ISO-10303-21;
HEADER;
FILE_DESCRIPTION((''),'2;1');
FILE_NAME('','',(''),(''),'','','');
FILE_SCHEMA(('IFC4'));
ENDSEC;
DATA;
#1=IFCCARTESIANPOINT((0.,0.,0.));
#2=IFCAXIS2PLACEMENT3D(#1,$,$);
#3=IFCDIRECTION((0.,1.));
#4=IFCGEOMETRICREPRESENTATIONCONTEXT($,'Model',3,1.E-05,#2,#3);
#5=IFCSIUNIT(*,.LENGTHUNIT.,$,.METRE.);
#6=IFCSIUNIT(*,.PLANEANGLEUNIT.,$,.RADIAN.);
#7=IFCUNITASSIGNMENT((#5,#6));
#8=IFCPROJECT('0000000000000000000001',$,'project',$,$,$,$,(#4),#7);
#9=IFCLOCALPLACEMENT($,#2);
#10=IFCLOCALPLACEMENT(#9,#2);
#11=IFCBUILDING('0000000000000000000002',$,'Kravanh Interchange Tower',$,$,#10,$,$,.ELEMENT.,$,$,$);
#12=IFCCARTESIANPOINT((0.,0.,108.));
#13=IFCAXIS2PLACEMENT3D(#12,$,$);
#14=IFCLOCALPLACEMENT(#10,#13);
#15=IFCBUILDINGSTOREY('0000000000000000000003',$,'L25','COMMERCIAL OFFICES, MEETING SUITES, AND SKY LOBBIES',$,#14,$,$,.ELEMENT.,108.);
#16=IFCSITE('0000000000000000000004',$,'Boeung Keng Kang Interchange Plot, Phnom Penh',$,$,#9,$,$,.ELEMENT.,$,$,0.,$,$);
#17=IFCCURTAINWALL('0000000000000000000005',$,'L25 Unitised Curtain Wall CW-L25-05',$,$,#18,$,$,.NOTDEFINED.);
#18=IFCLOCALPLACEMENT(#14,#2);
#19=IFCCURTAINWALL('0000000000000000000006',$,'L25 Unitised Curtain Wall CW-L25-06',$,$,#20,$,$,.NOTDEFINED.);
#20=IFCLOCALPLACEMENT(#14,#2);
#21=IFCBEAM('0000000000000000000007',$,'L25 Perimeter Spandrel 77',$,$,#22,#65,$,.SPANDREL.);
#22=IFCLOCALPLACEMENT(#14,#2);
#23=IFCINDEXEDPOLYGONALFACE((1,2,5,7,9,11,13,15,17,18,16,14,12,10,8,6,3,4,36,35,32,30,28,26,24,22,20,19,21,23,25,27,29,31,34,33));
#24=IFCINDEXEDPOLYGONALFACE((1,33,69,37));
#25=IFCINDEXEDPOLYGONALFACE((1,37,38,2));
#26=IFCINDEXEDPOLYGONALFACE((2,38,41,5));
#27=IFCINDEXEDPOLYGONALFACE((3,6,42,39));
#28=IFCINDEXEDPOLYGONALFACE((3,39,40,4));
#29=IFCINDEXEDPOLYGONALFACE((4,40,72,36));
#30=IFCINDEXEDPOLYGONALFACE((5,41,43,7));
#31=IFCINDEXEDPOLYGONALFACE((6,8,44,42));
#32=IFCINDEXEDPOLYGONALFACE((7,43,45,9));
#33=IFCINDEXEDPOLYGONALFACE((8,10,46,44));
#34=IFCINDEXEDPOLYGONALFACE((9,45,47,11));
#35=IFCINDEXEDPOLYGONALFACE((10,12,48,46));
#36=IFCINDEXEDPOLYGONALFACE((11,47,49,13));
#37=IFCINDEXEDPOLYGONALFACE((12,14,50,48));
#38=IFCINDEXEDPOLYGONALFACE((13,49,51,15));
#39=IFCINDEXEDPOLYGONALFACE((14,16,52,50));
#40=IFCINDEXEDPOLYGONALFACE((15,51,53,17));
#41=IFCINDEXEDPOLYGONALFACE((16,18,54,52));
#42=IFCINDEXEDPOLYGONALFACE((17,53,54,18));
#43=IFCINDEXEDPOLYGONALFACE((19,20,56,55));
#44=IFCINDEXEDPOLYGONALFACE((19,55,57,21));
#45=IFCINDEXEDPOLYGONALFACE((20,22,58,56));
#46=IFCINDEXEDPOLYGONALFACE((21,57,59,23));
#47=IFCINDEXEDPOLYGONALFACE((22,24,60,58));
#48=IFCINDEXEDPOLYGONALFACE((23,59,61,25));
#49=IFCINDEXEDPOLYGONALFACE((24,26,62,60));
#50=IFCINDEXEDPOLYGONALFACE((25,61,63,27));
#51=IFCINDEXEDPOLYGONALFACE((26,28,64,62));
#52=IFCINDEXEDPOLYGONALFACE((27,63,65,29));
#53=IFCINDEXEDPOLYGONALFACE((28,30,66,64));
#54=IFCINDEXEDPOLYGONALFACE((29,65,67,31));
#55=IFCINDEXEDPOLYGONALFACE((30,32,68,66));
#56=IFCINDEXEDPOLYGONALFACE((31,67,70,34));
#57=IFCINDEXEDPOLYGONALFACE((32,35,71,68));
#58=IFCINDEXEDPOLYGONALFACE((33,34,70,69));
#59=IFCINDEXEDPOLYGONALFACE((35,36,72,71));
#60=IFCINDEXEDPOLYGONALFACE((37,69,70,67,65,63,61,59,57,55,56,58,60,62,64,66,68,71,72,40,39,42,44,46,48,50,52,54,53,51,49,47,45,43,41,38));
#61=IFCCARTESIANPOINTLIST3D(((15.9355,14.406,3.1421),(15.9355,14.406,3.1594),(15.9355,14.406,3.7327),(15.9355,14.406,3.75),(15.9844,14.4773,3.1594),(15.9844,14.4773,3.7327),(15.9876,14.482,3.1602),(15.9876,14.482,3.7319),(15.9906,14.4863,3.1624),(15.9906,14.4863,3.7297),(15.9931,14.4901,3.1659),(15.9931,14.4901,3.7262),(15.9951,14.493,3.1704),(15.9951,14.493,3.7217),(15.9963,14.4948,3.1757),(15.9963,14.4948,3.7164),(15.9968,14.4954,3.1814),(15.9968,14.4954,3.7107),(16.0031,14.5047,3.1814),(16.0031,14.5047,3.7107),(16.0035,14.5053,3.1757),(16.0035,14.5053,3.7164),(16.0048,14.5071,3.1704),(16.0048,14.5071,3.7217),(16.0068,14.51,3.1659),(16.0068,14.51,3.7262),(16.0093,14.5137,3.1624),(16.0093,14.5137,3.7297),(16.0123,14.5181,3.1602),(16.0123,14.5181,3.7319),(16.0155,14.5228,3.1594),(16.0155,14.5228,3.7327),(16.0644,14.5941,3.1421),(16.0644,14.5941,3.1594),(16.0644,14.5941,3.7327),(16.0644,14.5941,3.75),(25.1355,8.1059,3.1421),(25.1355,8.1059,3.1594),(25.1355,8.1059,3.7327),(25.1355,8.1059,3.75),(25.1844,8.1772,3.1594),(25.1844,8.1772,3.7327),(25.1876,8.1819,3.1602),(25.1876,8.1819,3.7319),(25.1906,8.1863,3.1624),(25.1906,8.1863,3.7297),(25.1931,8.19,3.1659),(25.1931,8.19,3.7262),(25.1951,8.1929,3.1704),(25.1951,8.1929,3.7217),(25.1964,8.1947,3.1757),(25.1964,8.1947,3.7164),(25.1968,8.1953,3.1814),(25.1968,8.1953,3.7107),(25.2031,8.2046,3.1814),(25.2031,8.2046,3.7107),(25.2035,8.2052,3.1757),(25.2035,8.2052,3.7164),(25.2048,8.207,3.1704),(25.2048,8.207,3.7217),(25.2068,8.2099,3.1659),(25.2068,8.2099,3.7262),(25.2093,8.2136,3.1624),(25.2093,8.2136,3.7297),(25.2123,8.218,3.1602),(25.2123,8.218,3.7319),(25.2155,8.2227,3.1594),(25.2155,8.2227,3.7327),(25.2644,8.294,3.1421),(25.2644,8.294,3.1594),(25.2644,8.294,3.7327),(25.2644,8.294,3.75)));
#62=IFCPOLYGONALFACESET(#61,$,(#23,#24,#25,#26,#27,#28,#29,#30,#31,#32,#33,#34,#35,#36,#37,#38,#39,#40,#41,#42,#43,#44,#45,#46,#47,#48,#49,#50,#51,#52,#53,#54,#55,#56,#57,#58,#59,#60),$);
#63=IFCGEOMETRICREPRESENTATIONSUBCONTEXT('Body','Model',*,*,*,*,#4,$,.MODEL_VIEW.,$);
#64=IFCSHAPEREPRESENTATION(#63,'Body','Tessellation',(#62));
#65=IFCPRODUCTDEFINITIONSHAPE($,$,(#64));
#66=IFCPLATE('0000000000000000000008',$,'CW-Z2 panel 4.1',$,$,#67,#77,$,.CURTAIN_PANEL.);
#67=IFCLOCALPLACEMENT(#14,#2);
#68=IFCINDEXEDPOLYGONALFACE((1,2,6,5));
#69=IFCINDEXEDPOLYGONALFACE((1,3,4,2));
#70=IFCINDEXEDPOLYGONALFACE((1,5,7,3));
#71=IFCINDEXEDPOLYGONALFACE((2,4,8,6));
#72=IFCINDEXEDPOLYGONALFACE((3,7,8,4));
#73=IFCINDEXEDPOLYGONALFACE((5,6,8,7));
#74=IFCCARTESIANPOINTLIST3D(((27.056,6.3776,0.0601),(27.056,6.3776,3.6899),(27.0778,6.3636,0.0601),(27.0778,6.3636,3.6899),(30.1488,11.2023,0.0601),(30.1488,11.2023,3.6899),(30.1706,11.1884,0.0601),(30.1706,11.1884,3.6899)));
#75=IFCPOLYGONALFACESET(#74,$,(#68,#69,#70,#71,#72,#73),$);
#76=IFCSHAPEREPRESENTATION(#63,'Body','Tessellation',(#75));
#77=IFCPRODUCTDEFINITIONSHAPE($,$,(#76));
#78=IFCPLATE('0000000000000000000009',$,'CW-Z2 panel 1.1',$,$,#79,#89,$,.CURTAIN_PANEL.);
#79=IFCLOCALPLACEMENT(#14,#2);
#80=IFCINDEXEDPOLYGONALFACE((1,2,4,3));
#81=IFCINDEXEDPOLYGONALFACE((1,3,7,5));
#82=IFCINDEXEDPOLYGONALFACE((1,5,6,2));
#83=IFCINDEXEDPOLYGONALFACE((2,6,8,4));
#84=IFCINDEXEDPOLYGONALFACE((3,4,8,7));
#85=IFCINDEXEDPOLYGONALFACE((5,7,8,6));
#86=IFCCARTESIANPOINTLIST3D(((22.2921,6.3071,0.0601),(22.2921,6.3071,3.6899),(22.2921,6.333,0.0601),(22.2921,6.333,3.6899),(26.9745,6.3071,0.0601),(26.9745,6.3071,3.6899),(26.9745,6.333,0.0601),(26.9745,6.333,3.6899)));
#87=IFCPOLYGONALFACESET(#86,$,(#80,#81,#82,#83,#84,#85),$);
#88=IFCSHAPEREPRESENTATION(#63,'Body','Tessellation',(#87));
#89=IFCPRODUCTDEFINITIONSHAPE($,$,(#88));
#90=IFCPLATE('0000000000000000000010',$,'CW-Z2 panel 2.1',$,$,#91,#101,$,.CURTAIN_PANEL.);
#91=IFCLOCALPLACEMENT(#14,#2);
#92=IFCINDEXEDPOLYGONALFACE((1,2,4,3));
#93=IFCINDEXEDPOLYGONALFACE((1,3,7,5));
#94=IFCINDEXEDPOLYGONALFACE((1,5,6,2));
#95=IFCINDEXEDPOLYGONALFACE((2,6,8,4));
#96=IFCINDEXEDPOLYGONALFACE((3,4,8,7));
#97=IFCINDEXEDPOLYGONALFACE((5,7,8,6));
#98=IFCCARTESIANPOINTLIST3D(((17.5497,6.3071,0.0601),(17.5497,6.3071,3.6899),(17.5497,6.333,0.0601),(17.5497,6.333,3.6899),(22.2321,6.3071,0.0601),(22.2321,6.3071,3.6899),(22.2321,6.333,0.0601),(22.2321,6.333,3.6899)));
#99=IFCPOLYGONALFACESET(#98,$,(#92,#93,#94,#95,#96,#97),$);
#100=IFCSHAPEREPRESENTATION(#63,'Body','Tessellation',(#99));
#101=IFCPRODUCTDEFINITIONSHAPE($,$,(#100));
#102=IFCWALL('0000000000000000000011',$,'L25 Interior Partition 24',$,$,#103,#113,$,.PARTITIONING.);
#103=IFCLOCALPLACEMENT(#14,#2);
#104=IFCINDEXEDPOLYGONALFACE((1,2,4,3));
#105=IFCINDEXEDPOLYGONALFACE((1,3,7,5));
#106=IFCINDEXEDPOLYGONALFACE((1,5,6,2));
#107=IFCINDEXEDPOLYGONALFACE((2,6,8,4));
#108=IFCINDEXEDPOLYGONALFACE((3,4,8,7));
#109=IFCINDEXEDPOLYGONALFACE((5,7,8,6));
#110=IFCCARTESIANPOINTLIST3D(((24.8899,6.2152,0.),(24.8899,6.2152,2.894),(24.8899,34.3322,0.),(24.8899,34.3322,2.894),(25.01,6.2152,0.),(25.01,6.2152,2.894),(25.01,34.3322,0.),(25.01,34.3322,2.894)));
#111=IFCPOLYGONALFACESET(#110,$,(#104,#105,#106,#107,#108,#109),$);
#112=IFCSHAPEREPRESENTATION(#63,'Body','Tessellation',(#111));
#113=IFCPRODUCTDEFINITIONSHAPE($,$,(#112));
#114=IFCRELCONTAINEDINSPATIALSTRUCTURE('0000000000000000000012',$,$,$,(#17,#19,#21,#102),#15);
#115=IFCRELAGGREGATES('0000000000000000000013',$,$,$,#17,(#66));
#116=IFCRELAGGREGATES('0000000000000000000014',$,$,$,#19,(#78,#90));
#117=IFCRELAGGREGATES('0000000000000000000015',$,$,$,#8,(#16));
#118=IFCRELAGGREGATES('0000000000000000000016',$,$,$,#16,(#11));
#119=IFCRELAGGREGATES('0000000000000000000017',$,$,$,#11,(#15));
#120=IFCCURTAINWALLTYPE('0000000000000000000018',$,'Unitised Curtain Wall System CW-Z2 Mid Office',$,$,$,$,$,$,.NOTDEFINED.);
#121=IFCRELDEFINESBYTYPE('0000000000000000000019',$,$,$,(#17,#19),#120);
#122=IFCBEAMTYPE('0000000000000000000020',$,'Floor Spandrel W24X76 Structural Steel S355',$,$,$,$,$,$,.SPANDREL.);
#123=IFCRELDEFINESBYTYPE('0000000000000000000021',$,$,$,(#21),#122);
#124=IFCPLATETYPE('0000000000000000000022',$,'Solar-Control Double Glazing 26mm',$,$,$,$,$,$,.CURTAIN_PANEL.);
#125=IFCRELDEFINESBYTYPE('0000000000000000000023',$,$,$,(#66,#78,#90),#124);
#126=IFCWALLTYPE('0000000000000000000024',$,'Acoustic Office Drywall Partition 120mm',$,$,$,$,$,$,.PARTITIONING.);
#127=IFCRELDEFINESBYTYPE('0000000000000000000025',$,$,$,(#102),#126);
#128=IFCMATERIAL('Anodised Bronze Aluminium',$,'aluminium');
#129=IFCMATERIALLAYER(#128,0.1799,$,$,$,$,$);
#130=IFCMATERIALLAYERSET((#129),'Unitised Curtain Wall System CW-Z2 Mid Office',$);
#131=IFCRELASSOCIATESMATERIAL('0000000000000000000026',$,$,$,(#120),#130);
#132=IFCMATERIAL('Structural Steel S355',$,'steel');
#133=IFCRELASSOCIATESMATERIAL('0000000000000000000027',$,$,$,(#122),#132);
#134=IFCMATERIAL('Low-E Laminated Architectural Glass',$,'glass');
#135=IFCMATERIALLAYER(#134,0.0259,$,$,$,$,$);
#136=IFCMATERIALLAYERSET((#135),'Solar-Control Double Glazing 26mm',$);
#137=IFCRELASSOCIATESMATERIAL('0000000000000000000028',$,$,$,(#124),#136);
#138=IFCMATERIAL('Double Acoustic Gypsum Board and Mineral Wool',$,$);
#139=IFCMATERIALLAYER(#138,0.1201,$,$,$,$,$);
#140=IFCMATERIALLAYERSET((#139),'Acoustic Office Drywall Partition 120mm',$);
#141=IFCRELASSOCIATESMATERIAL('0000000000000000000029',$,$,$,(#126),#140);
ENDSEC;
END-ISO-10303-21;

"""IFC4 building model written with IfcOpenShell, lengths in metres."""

from ifc_helpers import new_model, si_unit, direction, frame, frame_2d, origin, origin_2d, place, context, subcontext, project, spatial, rectangle, i_section, extrude, material, layer, layer_set, material_profile, profile_set, type_object, element, aggregate, save


model = new_model("IFC4")

# Units and contexts
model_context = context("Model", 3, precision=1e-05, world=origin(), true_north=direction((0.0, 1.0)))
body_context = subcontext(model_context, "Body", "Model", "MODEL_VIEW")
ifc_project = project(units=[si_unit("LENGTHUNIT", "METRE"), si_unit("PLANEANGLEUNIT", "RADIAN")], contexts=[model_context])

# Site, building, storey
site_placement = place(None, origin())
site = spatial("IfcSite", under=ifc_project, at=site_placement, Name="Boeung Keng Kang Interchange Plot, Phnom Penh", CompositionType="ELEMENT", RefElevation=0.0)
building_placement = place(site_placement, origin())
building = spatial("IfcBuilding", under=site, at=building_placement, Name="Kravanh Interchange Tower", CompositionType="ELEMENT")
storey_placement = place(building_placement, frame((0.0, 0.0, 108.0)))
storey = spatial("IfcBuildingStorey", under=building, at=storey_placement, Name="L25", Description="COMMERCIAL OFFICES, MEETING SUITES, AND SKY LOBBIES", CompositionType="ELEMENT", Elevation=108.0)

# Curtain wall
ifc_material_1 = material(Name="Anodised Bronze Aluminium", Category="aluminium")
ifc_layer_1 = layer(ifc_material_1, 0.1799)
ifc_layer_set_1 = layer_set([ifc_layer_1], Name="Unitised Curtain Wall System CW-Z2 Mid Office")
curtain_wall_type = type_object("IfcCurtainWallType", Name="Unitised Curtain Wall System CW-Z2 Mid Office", PredefinedType="NOTDEFINED", material=ifc_layer_set_1)
curtain_wall_1_placement = place(storey_placement, origin())
curtain_wall_1 = element("IfcCurtainWall", 1, at=curtain_wall_1_placement, inside=storey, type_object=curtain_wall_type, Name="L25 Unitised Curtain Wall CW-L25-05", PredefinedType="NOTDEFINED")

# Curtain wall
curtain_wall_2_placement = place(storey_placement, origin())
curtain_wall_2 = element("IfcCurtainWall", 2, at=curtain_wall_2_placement, inside=storey, type_object=curtain_wall_type, Name="L25 Unitised Curtain Wall CW-L25-06", PredefinedType="NOTDEFINED")

# Beam
ifc_material_2 = material(Name="Structural Steel S355", Category="steel")
ifc_material_profile_1 = material_profile(ifc_material_2, i_section(OverallWidth=0.228, OverallDepth=0.6079, WebThickness=0.0112, FlangeThickness=0.0173, FilletRadius=0.022, at=origin_2d()), Name="W24X76")
ifc_profile_set_1 = profile_set([ifc_material_profile_1], Name="Structural Steel S355")
beam_type_1 = type_object("IfcBeamType", Name="Floor Spandrel W24X76 Structural Steel S355", PredefinedType="SPANDREL", material=ifc_profile_set_1)
beam_1_placement = place(storey_placement, frame((25.2, 8.2, 3.446), z_axis=(-0.825084, 0.56501, 0.0), x_axis=(-0.56501, -0.825084, 0.0)))
element("IfcBeam", 3, at=beam_1_placement, inside=storey, type_object=beam_type_1, Name="L25 Perimeter Spandrel 77", PredefinedType="SPANDREL", context=body_context, shape_type="SweptSolid", body=[
    extrude(i_section(OverallWidth=0.228, OverallDepth=0.6079, WebThickness=0.0112, FlangeThickness=0.0173, FilletRadius=0.022, at=origin_2d()), origin(), (0.0, 0.0, 1.0), 11.1504),
])

# Plates
ifc_material_3 = material(Name="Low-E Laminated Architectural Glass", Category="glass")
ifc_layer_2 = layer(ifc_material_3, 0.0259)
ifc_layer_set_2 = layer_set([ifc_layer_2], Name="Solar-Control Double Glazing 26mm")
plate_type = type_object("IfcPlateType", Name="Solar-Control Double Glazing 26mm", PredefinedType="CURTAIN_PANEL", material=ifc_layer_set_2)
plate_1_placement = place(storey_placement, frame((28.6133, 8.783, 0.0601), z_axis=(0.0, 0.0, 1.0), x_axis=(-0.539665, -0.84188, 0.0)))
plate_1 = element("IfcPlate", 4, at=plate_1_placement, type_object=plate_type, Name="CW-Z2 panel 4.1", PredefinedType="CURTAIN_PANEL", context=body_context, shape_type="SweptSolid", body=[
    extrude(rectangle(XDim=5.731, YDim=0.0259, at=origin_2d()), origin(), (0.0, 0.0, 1.0), 3.6299),
])
aggregate(curtain_wall_1, [plate_1])
plate_2_placement = place(storey_placement, frame((24.6333, 6.3201, 0.0601), z_axis=(0.0, 0.0, 1.0), x_axis=(-1.0, 0.0, 0.0)))
plate_2 = element("IfcPlate", 5, at=plate_2_placement, type_object=plate_type, Name="CW-Z2 panel 1.1", PredefinedType="CURTAIN_PANEL", context=body_context, shape_type="SweptSolid", body=[
    extrude(rectangle(XDim=4.6824, YDim=0.0259, at=origin_2d()), origin(), (0.0, 0.0, 1.0), 3.6299),
])
plate_3_placement = place(storey_placement, frame((19.8909, 6.3201, 0.0601), z_axis=(0.0, 0.0, 1.0), x_axis=(-1.0, 0.0, 0.0)))
plate_3 = element("IfcPlate", 6, at=plate_3_placement, type_object=plate_type, Name="CW-Z2 panel 2.1", PredefinedType="CURTAIN_PANEL", context=body_context, shape_type="SweptSolid", body=[
    extrude(rectangle(XDim=4.6824, YDim=0.0259, at=origin_2d()), origin(), (0.0, 0.0, 1.0), 3.6299),
])
aggregate(curtain_wall_2, [plate_2, plate_3])

# Wall
ifc_material_4 = material(Name="Double Acoustic Gypsum Board and Mineral Wool")
ifc_layer_3 = layer(ifc_material_4, 0.1201)
ifc_layer_set_3 = layer_set([ifc_layer_3], Name="Acoustic Office Drywall Partition 120mm")
wall_type = type_object("IfcWallType", Name="Acoustic Office Drywall Partition 120mm", PredefinedType="PARTITIONING", material=ifc_layer_set_3)
wall_placement = place(storey_placement, frame((24.95, 6.2151, 0.0), z_axis=(0.0, 0.0, 1.0), x_axis=(0.0, 1.0, 0.0)))
element("IfcWall", 7, at=wall_placement, inside=storey, type_object=wall_type, Name="L25 Interior Partition 24", PredefinedType="PARTITIONING", context=body_context, shape_type="SweptSolid", body=[
    extrude(rectangle(XDim=28.1169, YDim=0.1201, at=frame_2d((14.0586, 0.0))), origin(), (0.0, 0.0, 1.0), 2.894),
])

save(model, "model.ifc")
